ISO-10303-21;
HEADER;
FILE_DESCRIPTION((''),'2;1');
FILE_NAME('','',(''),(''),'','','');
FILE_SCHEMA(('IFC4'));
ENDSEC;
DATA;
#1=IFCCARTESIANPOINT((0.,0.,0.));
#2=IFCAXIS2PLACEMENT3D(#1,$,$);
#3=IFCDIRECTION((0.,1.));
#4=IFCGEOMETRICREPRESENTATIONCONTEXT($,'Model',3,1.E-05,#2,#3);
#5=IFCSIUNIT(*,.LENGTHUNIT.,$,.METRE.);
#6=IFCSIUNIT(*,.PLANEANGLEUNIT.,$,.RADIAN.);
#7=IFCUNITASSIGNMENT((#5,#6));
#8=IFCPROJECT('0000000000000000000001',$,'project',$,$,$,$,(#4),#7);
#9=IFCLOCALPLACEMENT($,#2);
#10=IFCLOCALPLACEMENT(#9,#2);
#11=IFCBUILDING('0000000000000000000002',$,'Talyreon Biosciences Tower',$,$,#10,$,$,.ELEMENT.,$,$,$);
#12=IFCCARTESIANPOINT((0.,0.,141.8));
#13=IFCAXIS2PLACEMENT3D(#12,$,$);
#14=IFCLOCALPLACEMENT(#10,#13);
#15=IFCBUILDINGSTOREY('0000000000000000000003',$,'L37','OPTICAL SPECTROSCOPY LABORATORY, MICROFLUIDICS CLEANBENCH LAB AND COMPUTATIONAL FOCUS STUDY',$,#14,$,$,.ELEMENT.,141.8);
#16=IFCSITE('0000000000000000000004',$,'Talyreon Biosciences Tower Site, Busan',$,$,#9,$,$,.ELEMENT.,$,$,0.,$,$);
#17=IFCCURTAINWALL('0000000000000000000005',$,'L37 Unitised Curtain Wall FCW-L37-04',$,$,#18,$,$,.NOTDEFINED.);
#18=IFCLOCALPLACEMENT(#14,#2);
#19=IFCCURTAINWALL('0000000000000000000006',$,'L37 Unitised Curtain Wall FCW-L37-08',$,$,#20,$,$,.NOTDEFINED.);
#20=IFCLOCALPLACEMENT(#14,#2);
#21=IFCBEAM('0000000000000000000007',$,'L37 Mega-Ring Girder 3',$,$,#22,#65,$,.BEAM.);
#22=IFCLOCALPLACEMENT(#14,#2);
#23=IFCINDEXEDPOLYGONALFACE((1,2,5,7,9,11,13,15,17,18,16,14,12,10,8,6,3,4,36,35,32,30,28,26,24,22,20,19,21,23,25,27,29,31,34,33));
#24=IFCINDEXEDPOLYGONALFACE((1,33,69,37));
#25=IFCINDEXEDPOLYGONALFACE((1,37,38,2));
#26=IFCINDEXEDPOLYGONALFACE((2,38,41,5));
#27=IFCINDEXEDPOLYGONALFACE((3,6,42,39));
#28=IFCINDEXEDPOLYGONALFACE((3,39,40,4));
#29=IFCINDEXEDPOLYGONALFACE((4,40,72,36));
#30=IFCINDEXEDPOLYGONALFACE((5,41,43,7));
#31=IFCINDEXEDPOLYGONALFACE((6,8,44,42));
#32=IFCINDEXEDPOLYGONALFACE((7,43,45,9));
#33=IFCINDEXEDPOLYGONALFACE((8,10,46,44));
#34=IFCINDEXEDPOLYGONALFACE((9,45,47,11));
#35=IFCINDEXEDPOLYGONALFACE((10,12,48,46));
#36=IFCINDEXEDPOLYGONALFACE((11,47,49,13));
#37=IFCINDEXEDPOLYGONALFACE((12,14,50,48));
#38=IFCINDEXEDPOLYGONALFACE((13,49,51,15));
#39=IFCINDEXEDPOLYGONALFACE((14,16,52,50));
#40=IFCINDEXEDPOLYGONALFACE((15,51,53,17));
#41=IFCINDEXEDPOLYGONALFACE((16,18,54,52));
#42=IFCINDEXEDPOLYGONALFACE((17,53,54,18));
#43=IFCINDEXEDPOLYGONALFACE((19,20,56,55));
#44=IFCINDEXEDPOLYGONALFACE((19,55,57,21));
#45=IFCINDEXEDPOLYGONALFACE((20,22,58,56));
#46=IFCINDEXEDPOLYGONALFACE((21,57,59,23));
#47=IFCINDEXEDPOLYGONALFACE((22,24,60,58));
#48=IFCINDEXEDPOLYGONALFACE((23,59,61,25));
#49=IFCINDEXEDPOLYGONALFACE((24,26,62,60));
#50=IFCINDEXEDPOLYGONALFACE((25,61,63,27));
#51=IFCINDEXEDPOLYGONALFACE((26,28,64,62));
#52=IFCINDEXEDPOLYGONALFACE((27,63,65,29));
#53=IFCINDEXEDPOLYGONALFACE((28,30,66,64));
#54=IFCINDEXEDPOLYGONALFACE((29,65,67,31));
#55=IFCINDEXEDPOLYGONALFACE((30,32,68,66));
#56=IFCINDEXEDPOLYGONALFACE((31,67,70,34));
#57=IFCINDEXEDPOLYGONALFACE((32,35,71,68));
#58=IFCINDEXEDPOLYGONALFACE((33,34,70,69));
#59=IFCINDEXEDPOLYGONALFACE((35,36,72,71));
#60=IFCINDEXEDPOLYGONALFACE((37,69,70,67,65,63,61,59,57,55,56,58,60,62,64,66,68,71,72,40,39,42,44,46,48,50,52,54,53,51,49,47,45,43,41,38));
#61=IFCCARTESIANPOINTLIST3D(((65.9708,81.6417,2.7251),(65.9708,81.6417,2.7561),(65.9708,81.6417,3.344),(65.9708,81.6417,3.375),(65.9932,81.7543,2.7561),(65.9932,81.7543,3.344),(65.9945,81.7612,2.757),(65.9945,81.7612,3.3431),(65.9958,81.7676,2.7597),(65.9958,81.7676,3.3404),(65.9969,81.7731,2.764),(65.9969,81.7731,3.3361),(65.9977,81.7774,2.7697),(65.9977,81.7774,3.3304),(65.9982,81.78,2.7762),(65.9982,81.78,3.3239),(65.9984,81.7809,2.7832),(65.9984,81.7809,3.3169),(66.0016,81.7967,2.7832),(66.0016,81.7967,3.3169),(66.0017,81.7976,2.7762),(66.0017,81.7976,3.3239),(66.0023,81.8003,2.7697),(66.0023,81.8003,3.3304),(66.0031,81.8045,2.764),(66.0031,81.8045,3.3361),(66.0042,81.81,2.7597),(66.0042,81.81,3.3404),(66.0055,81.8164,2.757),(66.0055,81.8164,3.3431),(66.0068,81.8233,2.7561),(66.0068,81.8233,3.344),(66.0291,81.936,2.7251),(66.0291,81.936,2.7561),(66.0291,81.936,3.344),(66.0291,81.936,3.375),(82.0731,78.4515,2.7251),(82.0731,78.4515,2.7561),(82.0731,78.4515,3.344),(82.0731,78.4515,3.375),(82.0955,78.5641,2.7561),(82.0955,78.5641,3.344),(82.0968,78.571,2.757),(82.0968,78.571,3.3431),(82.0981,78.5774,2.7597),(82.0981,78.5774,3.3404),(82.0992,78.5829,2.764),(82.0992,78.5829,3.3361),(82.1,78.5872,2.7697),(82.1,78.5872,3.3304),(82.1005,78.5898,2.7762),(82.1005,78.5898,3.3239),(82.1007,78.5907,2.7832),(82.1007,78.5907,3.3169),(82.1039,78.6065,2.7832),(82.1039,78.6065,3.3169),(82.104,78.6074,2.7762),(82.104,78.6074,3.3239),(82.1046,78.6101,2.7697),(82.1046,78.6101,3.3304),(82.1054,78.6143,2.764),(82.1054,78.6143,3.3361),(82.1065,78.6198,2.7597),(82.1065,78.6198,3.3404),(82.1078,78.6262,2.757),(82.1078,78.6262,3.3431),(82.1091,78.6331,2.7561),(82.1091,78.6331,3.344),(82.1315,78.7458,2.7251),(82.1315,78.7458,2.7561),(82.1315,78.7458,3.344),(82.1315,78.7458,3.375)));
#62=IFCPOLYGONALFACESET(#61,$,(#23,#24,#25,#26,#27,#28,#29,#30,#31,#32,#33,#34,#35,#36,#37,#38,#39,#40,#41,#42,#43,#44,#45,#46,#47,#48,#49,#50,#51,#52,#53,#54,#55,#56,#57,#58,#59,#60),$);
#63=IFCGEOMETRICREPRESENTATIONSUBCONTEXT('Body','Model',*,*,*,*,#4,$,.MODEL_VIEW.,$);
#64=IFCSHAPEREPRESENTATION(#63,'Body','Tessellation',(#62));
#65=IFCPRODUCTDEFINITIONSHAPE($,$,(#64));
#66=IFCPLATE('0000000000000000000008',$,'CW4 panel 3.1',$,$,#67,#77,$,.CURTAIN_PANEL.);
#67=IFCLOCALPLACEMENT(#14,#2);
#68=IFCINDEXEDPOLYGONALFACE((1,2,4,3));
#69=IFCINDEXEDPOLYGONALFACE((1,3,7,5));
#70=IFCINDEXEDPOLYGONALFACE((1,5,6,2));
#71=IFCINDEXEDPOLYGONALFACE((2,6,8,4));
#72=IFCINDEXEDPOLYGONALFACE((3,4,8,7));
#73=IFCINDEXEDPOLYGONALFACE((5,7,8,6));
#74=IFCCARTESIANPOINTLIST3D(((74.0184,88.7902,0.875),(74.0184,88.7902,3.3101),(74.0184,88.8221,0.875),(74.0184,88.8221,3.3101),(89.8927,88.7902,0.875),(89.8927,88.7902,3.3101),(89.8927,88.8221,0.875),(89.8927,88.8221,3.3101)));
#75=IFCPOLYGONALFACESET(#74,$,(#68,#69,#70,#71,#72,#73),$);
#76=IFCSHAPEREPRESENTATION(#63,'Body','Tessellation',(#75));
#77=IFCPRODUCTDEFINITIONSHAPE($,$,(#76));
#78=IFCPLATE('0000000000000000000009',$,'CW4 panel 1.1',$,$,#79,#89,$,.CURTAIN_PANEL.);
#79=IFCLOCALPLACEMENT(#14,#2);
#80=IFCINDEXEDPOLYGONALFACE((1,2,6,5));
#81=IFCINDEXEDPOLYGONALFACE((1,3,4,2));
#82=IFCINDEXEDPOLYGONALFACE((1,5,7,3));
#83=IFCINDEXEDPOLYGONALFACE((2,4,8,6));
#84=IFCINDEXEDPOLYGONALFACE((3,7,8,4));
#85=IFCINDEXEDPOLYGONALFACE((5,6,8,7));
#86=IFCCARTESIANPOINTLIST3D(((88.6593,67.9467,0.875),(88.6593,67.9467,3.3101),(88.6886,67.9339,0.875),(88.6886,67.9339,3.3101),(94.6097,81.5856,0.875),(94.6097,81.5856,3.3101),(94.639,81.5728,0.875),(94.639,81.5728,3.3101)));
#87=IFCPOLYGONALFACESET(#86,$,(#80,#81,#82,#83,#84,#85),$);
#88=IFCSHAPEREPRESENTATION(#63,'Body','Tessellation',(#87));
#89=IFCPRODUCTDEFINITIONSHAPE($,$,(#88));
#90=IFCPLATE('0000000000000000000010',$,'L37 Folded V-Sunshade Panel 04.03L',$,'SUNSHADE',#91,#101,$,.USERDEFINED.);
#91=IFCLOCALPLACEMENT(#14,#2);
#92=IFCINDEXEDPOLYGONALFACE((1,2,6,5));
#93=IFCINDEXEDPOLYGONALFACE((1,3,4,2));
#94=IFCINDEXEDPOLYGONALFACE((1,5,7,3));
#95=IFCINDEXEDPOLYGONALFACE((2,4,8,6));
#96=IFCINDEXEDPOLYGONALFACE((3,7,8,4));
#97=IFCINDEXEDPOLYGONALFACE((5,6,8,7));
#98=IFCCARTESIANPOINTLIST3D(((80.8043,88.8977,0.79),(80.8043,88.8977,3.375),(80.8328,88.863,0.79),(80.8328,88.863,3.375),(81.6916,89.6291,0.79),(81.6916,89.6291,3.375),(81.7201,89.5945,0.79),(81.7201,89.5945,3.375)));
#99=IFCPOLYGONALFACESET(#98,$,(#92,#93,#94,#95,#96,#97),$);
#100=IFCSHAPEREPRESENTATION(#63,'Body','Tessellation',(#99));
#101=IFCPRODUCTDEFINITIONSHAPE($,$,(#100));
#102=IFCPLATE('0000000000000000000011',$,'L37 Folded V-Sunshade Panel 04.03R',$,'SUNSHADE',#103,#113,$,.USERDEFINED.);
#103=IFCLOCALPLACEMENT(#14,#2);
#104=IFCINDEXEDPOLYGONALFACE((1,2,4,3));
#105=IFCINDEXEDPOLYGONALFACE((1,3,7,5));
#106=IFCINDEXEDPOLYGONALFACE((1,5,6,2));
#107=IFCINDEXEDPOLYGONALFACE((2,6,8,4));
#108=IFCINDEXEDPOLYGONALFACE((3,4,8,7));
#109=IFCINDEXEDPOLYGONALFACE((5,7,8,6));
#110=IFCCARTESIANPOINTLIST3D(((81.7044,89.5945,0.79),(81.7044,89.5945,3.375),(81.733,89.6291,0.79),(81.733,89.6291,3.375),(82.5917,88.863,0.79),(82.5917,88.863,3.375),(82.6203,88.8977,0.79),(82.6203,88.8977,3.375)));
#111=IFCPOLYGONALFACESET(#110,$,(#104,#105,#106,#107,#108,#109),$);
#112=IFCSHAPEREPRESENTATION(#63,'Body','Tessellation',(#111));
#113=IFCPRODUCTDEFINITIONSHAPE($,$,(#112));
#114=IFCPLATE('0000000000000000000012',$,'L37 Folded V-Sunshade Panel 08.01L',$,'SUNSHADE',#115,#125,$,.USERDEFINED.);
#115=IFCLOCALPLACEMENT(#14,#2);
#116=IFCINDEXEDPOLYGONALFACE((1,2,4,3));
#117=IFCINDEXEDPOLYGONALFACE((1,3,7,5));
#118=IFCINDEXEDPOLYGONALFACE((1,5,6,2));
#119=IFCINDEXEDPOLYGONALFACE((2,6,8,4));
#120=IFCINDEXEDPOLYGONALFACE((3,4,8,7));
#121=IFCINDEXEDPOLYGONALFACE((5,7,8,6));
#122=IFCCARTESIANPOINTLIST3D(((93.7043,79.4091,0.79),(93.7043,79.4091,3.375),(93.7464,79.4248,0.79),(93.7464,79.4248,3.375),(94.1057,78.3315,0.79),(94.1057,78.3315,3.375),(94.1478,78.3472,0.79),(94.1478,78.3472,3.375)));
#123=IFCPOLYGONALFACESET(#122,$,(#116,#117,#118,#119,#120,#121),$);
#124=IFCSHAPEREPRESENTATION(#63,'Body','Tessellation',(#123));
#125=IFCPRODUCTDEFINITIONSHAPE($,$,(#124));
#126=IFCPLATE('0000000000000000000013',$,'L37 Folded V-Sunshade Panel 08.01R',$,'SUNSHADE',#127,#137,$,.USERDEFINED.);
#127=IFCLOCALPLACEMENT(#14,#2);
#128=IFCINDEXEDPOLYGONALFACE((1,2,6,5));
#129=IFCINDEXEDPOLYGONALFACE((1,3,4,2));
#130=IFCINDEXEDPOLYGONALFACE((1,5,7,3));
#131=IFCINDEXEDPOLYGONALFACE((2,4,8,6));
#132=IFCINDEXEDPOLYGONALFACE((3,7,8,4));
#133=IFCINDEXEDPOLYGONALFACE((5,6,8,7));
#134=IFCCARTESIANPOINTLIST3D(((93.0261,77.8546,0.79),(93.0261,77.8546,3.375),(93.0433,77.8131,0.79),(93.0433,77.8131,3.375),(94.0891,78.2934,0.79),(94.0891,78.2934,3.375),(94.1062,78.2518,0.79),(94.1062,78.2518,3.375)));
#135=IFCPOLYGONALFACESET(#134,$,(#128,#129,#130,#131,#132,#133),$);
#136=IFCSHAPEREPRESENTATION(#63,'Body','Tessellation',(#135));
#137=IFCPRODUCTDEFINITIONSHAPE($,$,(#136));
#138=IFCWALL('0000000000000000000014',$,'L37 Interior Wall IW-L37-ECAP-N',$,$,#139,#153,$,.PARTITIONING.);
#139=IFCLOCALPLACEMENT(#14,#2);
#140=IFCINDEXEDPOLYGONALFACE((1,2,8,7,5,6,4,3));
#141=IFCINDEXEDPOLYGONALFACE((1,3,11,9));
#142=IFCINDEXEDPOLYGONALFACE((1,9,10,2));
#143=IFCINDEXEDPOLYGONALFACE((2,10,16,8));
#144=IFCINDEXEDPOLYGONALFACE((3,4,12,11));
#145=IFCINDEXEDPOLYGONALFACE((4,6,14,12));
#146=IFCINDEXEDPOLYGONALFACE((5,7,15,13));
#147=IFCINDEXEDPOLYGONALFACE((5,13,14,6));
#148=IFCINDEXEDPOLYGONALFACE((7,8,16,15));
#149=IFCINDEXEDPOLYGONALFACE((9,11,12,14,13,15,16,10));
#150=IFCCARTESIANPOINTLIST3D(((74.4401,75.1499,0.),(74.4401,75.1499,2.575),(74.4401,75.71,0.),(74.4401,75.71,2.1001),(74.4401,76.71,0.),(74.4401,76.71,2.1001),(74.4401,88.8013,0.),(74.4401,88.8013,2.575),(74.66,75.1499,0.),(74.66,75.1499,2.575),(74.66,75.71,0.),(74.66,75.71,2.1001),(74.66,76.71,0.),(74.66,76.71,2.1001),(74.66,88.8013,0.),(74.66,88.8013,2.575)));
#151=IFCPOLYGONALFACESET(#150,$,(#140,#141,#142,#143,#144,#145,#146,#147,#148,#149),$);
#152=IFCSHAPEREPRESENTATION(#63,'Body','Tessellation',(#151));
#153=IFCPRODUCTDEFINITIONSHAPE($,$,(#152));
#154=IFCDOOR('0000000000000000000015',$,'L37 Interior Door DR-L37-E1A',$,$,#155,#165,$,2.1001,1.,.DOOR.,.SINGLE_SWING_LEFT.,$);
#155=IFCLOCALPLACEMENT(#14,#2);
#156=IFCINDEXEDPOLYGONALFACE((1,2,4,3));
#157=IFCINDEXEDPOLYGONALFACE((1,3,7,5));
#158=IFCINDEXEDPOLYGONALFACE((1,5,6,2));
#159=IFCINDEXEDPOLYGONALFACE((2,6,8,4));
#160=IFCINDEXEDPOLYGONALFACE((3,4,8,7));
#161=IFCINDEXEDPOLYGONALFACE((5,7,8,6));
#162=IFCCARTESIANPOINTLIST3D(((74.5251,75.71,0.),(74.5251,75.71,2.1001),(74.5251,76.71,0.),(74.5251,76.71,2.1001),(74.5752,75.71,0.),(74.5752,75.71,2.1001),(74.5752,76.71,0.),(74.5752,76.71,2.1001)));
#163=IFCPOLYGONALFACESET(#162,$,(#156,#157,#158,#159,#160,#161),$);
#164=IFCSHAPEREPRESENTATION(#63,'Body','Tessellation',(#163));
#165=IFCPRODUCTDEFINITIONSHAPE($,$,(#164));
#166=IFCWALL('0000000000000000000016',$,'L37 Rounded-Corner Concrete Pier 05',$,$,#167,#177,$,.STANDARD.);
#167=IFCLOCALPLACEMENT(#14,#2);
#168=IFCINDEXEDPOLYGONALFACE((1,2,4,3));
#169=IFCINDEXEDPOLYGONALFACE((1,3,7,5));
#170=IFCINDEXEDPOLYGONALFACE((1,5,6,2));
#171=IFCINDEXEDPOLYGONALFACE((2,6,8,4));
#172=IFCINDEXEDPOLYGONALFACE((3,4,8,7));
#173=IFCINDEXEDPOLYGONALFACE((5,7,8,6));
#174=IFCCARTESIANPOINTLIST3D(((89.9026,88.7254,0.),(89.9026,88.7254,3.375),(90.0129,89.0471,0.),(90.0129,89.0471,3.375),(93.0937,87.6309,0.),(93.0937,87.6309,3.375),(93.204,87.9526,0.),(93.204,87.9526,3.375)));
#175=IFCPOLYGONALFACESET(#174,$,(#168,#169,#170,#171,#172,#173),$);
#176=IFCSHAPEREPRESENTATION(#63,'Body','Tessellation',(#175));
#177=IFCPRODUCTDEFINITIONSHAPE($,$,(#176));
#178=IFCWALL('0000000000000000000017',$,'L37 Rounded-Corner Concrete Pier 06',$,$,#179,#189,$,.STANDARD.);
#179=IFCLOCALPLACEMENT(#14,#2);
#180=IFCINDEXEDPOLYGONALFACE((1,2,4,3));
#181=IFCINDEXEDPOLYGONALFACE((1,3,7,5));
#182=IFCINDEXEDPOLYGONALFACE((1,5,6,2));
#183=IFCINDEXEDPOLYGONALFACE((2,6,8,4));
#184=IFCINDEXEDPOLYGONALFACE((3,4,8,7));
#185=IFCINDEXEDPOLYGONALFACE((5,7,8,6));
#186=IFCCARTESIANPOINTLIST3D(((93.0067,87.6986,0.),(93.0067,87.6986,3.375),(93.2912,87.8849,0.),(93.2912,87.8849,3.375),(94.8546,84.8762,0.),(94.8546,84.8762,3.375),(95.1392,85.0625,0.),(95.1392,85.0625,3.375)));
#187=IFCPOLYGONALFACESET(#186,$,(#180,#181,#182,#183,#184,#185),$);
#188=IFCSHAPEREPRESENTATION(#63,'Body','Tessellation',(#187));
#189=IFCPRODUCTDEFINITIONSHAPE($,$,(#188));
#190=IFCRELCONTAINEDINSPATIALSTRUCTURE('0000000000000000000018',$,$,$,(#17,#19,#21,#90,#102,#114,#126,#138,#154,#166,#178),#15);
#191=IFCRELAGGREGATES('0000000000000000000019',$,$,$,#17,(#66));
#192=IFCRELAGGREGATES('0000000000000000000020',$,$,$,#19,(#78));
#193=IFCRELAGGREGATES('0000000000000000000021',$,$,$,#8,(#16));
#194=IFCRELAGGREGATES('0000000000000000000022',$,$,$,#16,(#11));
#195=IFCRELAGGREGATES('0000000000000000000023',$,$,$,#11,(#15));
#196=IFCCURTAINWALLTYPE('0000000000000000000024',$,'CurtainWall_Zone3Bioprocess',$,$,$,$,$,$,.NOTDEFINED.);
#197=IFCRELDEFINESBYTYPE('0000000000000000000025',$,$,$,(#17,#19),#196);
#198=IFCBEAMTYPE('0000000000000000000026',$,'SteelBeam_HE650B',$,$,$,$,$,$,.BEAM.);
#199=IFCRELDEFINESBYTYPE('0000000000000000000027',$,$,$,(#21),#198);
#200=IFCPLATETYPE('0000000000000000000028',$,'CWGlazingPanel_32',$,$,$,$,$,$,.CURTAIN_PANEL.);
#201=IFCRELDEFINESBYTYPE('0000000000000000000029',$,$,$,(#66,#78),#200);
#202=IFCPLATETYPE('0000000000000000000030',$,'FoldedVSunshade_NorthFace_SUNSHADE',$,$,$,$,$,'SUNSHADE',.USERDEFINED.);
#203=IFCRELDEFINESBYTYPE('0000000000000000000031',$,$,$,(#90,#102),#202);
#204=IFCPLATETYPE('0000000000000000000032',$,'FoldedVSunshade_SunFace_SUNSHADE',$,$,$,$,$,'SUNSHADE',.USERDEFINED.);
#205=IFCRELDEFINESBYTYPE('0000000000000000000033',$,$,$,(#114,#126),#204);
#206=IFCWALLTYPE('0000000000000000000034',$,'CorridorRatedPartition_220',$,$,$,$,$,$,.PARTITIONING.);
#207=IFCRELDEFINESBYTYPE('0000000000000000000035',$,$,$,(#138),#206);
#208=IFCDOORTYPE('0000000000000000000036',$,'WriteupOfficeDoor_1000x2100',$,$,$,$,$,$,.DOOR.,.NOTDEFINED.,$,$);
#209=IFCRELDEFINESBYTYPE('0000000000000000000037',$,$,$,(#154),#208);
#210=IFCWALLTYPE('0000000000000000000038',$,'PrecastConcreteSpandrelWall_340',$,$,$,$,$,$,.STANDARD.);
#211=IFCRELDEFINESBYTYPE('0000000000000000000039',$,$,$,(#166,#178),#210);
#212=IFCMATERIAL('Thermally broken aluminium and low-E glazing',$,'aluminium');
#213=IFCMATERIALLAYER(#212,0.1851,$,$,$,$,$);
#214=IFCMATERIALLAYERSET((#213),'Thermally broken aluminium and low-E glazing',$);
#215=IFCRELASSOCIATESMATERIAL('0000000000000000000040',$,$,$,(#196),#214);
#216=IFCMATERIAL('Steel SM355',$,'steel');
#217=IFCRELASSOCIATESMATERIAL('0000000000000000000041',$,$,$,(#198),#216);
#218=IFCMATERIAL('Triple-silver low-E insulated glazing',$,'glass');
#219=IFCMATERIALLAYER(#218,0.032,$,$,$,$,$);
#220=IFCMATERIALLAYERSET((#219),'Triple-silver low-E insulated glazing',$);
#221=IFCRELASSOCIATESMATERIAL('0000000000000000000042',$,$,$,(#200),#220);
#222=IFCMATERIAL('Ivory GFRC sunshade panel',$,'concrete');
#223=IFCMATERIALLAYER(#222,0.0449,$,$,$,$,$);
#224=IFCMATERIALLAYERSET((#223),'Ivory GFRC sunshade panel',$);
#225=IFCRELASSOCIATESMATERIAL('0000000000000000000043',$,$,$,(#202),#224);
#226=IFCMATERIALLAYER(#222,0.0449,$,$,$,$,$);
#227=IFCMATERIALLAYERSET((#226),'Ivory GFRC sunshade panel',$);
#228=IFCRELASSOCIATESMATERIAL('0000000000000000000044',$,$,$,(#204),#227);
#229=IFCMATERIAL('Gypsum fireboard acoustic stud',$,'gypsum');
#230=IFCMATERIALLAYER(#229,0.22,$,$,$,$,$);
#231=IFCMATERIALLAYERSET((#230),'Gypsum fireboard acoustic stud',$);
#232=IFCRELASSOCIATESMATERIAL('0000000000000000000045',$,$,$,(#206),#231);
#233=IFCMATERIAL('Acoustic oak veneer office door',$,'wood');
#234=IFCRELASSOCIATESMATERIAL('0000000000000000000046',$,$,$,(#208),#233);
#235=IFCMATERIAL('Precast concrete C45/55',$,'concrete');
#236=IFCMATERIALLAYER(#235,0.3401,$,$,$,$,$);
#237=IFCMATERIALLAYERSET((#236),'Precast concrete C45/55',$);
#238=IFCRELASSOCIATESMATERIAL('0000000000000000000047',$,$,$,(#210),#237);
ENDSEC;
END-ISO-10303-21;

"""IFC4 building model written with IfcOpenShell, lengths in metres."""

from ifc_helpers import new_model, si_unit, direction, frame, frame_2d, origin, origin_2d, place, context, subcontext, project, spatial, rectangle, i_section, extrude, material, layer, layer_set, material_profile, profile_set, type_object, element, fill, aggregate, save


model = new_model("IFC4")

# Units and contexts
model_context = context("Model", 3, precision=1e-05, world=origin(), true_north=direction((0.0, 1.0)))
body_context = subcontext(model_context, "Body", "Model", "MODEL_VIEW")
ifc_project = project(units=[si_unit("LENGTHUNIT", "METRE"), si_unit("PLANEANGLEUNIT", "RADIAN")], contexts=[model_context])

# Site, building, storey
site_placement = place(None, origin())
site = spatial("IfcSite", under=ifc_project, at=site_placement, Name="Talyreon Biosciences Tower Site, Busan", CompositionType="ELEMENT", RefElevation=0.0)
building_placement = place(site_placement, origin())
building = spatial("IfcBuilding", under=site, at=building_placement, Name="Talyreon Biosciences Tower", CompositionType="ELEMENT")
storey_placement = place(building_placement, frame((0.0, 0.0, 141.8)))
storey = spatial("IfcBuildingStorey", under=building, at=storey_placement, Name="L37", Description="OPTICAL SPECTROSCOPY LABORATORY, MICROFLUIDICS CLEANBENCH LAB AND COMPUTATIONAL FOCUS STUDY", CompositionType="ELEMENT", Elevation=141.8)

# Curtain wall
ifc_material_1 = material(Name="Thermally broken aluminium and low-E glazing", Category="aluminium")
ifc_layer_1 = layer(ifc_material_1, 0.1851)
ifc_layer_set_1 = layer_set([ifc_layer_1], Name="Thermally broken aluminium and low-E glazing")
curtain_wall_type = type_object("IfcCurtainWallType", Name="CurtainWall_Zone3Bioprocess", PredefinedType="NOTDEFINED", material=ifc_layer_set_1)
curtain_wall_1_placement = place(storey_placement, origin())
curtain_wall_1 = element("IfcCurtainWall", 1, at=curtain_wall_1_placement, inside=storey, type_object=curtain_wall_type, Name="L37 Unitised Curtain Wall FCW-L37-04", PredefinedType="NOTDEFINED")

# Curtain wall
curtain_wall_2_placement = place(storey_placement, origin())
curtain_wall_2 = element("IfcCurtainWall", 2, at=curtain_wall_2_placement, inside=storey, type_object=curtain_wall_type, Name="L37 Unitised Curtain Wall FCW-L37-08", PredefinedType="NOTDEFINED")

# Beam
ifc_material_2 = material(Name="Precast concrete C45/55", Category="concrete")
ifc_material_3 = material(Name="Steel SM355", Category="steel")
ifc_material_profile_1 = material_profile(ifc_material_3, i_section(OverallWidth=0.3, OverallDepth=0.6499, WebThickness=0.0161, FlangeThickness=0.031, FilletRadius=0.0271, at=origin_2d()), Name="HE650B")
ifc_profile_set_1 = profile_set([ifc_material_profile_1], Name="Steel SM355")
beam_type_1 = type_object("IfcBeamType", Name="SteelBeam_HE650B", PredefinedType="BEAM", material=ifc_profile_set_1)
beam_1_placement = place(storey_placement, frame((82.1023, 78.5986, 3.05), z_axis=(-0.980934, 0.194343, 0.0), x_axis=(-0.194343, -0.980934, 0.0)))
element("IfcBeam", 3, at=beam_1_placement, inside=storey, type_object=beam_type_1, Name="L37 Mega-Ring Girder 3", PredefinedType="BEAM", context=body_context, shape_type="SweptSolid", body=[
    extrude(i_section(OverallWidth=0.3, OverallDepth=0.6499, WebThickness=0.0161, FlangeThickness=0.031, FilletRadius=0.0271, at=origin_2d()), origin(), (0.0, 0.0, 1.0), 16.4153),
])

# Plates
ifc_material_4 = material(Name="Triple-silver low-E insulated glazing", Category="glass")
ifc_layer_2 = layer(ifc_material_4, 0.032)
ifc_layer_set_2 = layer_set([ifc_layer_2], Name="Triple-silver low-E insulated glazing")
plate_type_1 = type_object("IfcPlateType", Name="CWGlazingPanel_32", PredefinedType="CURTAIN_PANEL", material=ifc_layer_set_2)
plate_1_placement = place(storey_placement, frame((81.9556, 88.8062, 0.875), z_axis=(0.0, 0.0, 1.0), x_axis=(1.0, 0.0, 0.0)))
plate_1 = element("IfcPlate", 4, at=plate_1_placement, type_object=plate_type_1, Name="CW4 panel 3.1", PredefinedType="CURTAIN_PANEL", context=body_context, shape_type="SweptSolid", body=[
    extrude(rectangle(XDim=15.8743, YDim=0.032, at=origin_2d()), origin(), (0.0, 0.0, 1.0), 2.4351),
])
aggregate(curtain_wall_1, [plate_1])
plate_2_placement = place(storey_placement, frame((91.6492, 74.7598, 0.875), z_axis=(0.0, 0.0, 1.0), x_axis=(-0.399882, -0.916566, 0.0)))
plate_2 = element("IfcPlate", 5, at=plate_2_placement, type_object=plate_type_1, Name="CW4 panel 1.1", PredefinedType="CURTAIN_PANEL", context=body_context, shape_type="SweptSolid", body=[
    extrude(rectangle(XDim=14.8804, YDim=0.032, at=origin_2d()), origin(), (0.0, 0.0, 1.0), 2.4351),
])
aggregate(curtain_wall_2, [plate_2])

# Plates
ifc_material_5 = material(Name="Ivory GFRC sunshade panel", Category="concrete")
ifc_layer_3 = layer(ifc_material_5, 0.0449)
ifc_layer_set_3 = layer_set([ifc_layer_3], Name="Ivory GFRC sunshade panel")
plate_type_2 = type_object("IfcPlateType", Name="FoldedVSunshade_NorthFace_SUNSHADE", ElementType="SUNSHADE", PredefinedType="USERDEFINED", material=ifc_layer_set_3)
for number, where, z_axis, x_axis, name in (
    (6, (81.2622, 89.2461, 0.79), (0.0, 0.0, 1.0), (0.771625, 0.636078, 0.0), "L37 Folded V-Sunshade Panel 04.03L"),
    (7, (82.1624, 89.2461, 0.79), (0.0, 0.0, 1.0), (0.771625, -0.636078, 0.0), "L37 Folded V-Sunshade Panel 04.03R"),
):
    element("IfcPlate", number, at=place(storey_placement, frame(where, z_axis=z_axis, x_axis=x_axis)), inside=storey, type_object=plate_type_2, Name=name, ObjectType="SUNSHADE", PredefinedType="USERDEFINED", context=body_context, shape_type="SweptSolid", body=[
        extrude(rectangle(XDim=1.1499, YDim=0.0449, at=origin_2d()), origin(), (0.0, 0.0, 1.0), 2.585),
    ])
ifc_layer_4 = layer(ifc_material_5, 0.0449)
ifc_layer_set_4 = layer_set([ifc_layer_4], Name="Ivory GFRC sunshade panel")
plate_type_3 = type_object("IfcPlateType", Name="FoldedVSunshade_SunFace_SUNSHADE", ElementType="SUNSHADE", PredefinedType="USERDEFINED", material=ifc_layer_set_4)
for number, where, z_axis, x_axis, name in (
    (8, (93.926, 78.8782, 0.79), (0.0, 0.0, 1.0), (0.349046, -0.937105, 0.0), "L37 Folded V-Sunshade Panel 08.01L"),
    (9, (93.5662, 78.0532, 0.79), (0.0, 0.0, 1.0), (-0.924353, -0.381538, 0.0), "L37 Folded V-Sunshade Panel 08.01R"),
):
    element("IfcPlate", number, at=place(storey_placement, frame(where, z_axis=z_axis, x_axis=x_axis)), inside=storey, type_object=plate_type_3, Name=name, ObjectType="SUNSHADE", PredefinedType="USERDEFINED", context=body_context, shape_type="SweptSolid", body=[
        extrude(rectangle(XDim=1.1499, YDim=0.0449, at=origin_2d()), origin(), (0.0, 0.0, 1.0), 2.585),
    ])

# Wall, opening, door
ifc_material_6 = material(Name="Gypsum fireboard acoustic stud", Category="gypsum")
ifc_layer_5 = layer(ifc_material_6, 0.22)
ifc_layer_set_5 = layer_set([ifc_layer_5], Name="Gypsum fireboard acoustic stud")
wall_type_1 = type_object("IfcWallType", Name="CorridorRatedPartition_220", PredefinedType="PARTITIONING", material=ifc_layer_set_5)
wall_1_placement = place(storey_placement, frame((74.55, 75.1499, 0.0), z_axis=(0.0, 0.0, 1.0), x_axis=(0.0, 1.0, 0.0)))
wall_1 = element("IfcWall", 10, at=wall_1_placement, inside=storey, type_object=wall_type_1, Name="L37 Interior Wall IW-L37-ECAP-N", PredefinedType="PARTITIONING", context=body_context, shape_type="SweptSolid", body=[
    extrude(rectangle(XDim=13.6514, YDim=0.22, at=frame_2d((6.8257, 0.0))), origin(), (0.0, 0.0, 1.0), 2.575),
])
opening_placement = place(wall_1_placement, frame((0.5601, 0.0, 0.0)))
opening = element("IfcOpeningElement", 11, at=opening_placement, cuts=wall_1, PredefinedType="OPENING", context=body_context, shape_type="SweptSolid", body=[
    extrude(rectangle(XDim=1.0, YDim=2.1001, at=frame_2d((0.5, 1.05))), frame((0.0, 0.1199, 0.0), z_axis=(0.0, -1.0, 0.0), x_axis=(1.0, 0.0, 0.0)), (0.0, 0.0, 1.0), 0.24),
])
ifc_material_7 = material(Name="Acoustic oak veneer office door", Category="wood")
door_type = type_object("IfcDoorType", Name="WriteupOfficeDoor_1000x2100", OperationType="NOTDEFINED", PredefinedType="DOOR", material=ifc_material_7)
door_placement = place(opening_placement, origin())
door = element("IfcDoor", 12, at=door_placement, inside=storey, type_object=door_type, Name="L37 Interior Door DR-L37-E1A", OperationType="SINGLE_SWING_LEFT", OverallHeight=2.1001, OverallWidth=1.0, PredefinedType="DOOR", context=body_context, shape_type="SweptSolid", body=[
    extrude(rectangle(XDim=1.0, YDim=2.1001, at=frame_2d((0.5, 1.05))), frame((0.0, 0.0249, 0.0), z_axis=(0.0, -1.0, 0.0), x_axis=(1.0, 0.0, 0.0)), (0.0, 0.0, 1.0), 0.05),
])
fill(opening, door)

# Walls
ifc_layer_6 = layer(ifc_material_2, 0.3401)
ifc_layer_set_6 = layer_set([ifc_layer_6], Name="Precast concrete C45/55")
wall_type_2 = type_object("IfcWallType", Name="PrecastConcreteSpandrelWall_340", PredefinedType="STANDARD", material=ifc_layer_set_6)
for number, where, z_axis, x_axis, name in (
    (13, (89.9578, 88.8862, 0.0), (0.0, 0.0, 1.0), (0.945912, -0.324422, 0.0), "L37 Rounded-Corner Concrete Pier 05"),
    (14, (93.1489, 87.7917, 0.0), (0.0, 0.0, 1.0), (0.547784, -0.83662, 0.0), "L37 Rounded-Corner Concrete Pier 06"),
):
    element("IfcWall", number, at=place(storey_placement, frame(where, z_axis=z_axis, x_axis=x_axis)), inside=storey, type_object=wall_type_2, Name=name, PredefinedType="STANDARD", context=body_context, shape_type="SweptSolid", body=[
        extrude(rectangle(XDim=3.3735, YDim=0.3401, at=frame_2d((1.6868, 0.0))), origin(), (0.0, 0.0, 1.0), 3.375),
    ])

save(model, "model.ifc")
